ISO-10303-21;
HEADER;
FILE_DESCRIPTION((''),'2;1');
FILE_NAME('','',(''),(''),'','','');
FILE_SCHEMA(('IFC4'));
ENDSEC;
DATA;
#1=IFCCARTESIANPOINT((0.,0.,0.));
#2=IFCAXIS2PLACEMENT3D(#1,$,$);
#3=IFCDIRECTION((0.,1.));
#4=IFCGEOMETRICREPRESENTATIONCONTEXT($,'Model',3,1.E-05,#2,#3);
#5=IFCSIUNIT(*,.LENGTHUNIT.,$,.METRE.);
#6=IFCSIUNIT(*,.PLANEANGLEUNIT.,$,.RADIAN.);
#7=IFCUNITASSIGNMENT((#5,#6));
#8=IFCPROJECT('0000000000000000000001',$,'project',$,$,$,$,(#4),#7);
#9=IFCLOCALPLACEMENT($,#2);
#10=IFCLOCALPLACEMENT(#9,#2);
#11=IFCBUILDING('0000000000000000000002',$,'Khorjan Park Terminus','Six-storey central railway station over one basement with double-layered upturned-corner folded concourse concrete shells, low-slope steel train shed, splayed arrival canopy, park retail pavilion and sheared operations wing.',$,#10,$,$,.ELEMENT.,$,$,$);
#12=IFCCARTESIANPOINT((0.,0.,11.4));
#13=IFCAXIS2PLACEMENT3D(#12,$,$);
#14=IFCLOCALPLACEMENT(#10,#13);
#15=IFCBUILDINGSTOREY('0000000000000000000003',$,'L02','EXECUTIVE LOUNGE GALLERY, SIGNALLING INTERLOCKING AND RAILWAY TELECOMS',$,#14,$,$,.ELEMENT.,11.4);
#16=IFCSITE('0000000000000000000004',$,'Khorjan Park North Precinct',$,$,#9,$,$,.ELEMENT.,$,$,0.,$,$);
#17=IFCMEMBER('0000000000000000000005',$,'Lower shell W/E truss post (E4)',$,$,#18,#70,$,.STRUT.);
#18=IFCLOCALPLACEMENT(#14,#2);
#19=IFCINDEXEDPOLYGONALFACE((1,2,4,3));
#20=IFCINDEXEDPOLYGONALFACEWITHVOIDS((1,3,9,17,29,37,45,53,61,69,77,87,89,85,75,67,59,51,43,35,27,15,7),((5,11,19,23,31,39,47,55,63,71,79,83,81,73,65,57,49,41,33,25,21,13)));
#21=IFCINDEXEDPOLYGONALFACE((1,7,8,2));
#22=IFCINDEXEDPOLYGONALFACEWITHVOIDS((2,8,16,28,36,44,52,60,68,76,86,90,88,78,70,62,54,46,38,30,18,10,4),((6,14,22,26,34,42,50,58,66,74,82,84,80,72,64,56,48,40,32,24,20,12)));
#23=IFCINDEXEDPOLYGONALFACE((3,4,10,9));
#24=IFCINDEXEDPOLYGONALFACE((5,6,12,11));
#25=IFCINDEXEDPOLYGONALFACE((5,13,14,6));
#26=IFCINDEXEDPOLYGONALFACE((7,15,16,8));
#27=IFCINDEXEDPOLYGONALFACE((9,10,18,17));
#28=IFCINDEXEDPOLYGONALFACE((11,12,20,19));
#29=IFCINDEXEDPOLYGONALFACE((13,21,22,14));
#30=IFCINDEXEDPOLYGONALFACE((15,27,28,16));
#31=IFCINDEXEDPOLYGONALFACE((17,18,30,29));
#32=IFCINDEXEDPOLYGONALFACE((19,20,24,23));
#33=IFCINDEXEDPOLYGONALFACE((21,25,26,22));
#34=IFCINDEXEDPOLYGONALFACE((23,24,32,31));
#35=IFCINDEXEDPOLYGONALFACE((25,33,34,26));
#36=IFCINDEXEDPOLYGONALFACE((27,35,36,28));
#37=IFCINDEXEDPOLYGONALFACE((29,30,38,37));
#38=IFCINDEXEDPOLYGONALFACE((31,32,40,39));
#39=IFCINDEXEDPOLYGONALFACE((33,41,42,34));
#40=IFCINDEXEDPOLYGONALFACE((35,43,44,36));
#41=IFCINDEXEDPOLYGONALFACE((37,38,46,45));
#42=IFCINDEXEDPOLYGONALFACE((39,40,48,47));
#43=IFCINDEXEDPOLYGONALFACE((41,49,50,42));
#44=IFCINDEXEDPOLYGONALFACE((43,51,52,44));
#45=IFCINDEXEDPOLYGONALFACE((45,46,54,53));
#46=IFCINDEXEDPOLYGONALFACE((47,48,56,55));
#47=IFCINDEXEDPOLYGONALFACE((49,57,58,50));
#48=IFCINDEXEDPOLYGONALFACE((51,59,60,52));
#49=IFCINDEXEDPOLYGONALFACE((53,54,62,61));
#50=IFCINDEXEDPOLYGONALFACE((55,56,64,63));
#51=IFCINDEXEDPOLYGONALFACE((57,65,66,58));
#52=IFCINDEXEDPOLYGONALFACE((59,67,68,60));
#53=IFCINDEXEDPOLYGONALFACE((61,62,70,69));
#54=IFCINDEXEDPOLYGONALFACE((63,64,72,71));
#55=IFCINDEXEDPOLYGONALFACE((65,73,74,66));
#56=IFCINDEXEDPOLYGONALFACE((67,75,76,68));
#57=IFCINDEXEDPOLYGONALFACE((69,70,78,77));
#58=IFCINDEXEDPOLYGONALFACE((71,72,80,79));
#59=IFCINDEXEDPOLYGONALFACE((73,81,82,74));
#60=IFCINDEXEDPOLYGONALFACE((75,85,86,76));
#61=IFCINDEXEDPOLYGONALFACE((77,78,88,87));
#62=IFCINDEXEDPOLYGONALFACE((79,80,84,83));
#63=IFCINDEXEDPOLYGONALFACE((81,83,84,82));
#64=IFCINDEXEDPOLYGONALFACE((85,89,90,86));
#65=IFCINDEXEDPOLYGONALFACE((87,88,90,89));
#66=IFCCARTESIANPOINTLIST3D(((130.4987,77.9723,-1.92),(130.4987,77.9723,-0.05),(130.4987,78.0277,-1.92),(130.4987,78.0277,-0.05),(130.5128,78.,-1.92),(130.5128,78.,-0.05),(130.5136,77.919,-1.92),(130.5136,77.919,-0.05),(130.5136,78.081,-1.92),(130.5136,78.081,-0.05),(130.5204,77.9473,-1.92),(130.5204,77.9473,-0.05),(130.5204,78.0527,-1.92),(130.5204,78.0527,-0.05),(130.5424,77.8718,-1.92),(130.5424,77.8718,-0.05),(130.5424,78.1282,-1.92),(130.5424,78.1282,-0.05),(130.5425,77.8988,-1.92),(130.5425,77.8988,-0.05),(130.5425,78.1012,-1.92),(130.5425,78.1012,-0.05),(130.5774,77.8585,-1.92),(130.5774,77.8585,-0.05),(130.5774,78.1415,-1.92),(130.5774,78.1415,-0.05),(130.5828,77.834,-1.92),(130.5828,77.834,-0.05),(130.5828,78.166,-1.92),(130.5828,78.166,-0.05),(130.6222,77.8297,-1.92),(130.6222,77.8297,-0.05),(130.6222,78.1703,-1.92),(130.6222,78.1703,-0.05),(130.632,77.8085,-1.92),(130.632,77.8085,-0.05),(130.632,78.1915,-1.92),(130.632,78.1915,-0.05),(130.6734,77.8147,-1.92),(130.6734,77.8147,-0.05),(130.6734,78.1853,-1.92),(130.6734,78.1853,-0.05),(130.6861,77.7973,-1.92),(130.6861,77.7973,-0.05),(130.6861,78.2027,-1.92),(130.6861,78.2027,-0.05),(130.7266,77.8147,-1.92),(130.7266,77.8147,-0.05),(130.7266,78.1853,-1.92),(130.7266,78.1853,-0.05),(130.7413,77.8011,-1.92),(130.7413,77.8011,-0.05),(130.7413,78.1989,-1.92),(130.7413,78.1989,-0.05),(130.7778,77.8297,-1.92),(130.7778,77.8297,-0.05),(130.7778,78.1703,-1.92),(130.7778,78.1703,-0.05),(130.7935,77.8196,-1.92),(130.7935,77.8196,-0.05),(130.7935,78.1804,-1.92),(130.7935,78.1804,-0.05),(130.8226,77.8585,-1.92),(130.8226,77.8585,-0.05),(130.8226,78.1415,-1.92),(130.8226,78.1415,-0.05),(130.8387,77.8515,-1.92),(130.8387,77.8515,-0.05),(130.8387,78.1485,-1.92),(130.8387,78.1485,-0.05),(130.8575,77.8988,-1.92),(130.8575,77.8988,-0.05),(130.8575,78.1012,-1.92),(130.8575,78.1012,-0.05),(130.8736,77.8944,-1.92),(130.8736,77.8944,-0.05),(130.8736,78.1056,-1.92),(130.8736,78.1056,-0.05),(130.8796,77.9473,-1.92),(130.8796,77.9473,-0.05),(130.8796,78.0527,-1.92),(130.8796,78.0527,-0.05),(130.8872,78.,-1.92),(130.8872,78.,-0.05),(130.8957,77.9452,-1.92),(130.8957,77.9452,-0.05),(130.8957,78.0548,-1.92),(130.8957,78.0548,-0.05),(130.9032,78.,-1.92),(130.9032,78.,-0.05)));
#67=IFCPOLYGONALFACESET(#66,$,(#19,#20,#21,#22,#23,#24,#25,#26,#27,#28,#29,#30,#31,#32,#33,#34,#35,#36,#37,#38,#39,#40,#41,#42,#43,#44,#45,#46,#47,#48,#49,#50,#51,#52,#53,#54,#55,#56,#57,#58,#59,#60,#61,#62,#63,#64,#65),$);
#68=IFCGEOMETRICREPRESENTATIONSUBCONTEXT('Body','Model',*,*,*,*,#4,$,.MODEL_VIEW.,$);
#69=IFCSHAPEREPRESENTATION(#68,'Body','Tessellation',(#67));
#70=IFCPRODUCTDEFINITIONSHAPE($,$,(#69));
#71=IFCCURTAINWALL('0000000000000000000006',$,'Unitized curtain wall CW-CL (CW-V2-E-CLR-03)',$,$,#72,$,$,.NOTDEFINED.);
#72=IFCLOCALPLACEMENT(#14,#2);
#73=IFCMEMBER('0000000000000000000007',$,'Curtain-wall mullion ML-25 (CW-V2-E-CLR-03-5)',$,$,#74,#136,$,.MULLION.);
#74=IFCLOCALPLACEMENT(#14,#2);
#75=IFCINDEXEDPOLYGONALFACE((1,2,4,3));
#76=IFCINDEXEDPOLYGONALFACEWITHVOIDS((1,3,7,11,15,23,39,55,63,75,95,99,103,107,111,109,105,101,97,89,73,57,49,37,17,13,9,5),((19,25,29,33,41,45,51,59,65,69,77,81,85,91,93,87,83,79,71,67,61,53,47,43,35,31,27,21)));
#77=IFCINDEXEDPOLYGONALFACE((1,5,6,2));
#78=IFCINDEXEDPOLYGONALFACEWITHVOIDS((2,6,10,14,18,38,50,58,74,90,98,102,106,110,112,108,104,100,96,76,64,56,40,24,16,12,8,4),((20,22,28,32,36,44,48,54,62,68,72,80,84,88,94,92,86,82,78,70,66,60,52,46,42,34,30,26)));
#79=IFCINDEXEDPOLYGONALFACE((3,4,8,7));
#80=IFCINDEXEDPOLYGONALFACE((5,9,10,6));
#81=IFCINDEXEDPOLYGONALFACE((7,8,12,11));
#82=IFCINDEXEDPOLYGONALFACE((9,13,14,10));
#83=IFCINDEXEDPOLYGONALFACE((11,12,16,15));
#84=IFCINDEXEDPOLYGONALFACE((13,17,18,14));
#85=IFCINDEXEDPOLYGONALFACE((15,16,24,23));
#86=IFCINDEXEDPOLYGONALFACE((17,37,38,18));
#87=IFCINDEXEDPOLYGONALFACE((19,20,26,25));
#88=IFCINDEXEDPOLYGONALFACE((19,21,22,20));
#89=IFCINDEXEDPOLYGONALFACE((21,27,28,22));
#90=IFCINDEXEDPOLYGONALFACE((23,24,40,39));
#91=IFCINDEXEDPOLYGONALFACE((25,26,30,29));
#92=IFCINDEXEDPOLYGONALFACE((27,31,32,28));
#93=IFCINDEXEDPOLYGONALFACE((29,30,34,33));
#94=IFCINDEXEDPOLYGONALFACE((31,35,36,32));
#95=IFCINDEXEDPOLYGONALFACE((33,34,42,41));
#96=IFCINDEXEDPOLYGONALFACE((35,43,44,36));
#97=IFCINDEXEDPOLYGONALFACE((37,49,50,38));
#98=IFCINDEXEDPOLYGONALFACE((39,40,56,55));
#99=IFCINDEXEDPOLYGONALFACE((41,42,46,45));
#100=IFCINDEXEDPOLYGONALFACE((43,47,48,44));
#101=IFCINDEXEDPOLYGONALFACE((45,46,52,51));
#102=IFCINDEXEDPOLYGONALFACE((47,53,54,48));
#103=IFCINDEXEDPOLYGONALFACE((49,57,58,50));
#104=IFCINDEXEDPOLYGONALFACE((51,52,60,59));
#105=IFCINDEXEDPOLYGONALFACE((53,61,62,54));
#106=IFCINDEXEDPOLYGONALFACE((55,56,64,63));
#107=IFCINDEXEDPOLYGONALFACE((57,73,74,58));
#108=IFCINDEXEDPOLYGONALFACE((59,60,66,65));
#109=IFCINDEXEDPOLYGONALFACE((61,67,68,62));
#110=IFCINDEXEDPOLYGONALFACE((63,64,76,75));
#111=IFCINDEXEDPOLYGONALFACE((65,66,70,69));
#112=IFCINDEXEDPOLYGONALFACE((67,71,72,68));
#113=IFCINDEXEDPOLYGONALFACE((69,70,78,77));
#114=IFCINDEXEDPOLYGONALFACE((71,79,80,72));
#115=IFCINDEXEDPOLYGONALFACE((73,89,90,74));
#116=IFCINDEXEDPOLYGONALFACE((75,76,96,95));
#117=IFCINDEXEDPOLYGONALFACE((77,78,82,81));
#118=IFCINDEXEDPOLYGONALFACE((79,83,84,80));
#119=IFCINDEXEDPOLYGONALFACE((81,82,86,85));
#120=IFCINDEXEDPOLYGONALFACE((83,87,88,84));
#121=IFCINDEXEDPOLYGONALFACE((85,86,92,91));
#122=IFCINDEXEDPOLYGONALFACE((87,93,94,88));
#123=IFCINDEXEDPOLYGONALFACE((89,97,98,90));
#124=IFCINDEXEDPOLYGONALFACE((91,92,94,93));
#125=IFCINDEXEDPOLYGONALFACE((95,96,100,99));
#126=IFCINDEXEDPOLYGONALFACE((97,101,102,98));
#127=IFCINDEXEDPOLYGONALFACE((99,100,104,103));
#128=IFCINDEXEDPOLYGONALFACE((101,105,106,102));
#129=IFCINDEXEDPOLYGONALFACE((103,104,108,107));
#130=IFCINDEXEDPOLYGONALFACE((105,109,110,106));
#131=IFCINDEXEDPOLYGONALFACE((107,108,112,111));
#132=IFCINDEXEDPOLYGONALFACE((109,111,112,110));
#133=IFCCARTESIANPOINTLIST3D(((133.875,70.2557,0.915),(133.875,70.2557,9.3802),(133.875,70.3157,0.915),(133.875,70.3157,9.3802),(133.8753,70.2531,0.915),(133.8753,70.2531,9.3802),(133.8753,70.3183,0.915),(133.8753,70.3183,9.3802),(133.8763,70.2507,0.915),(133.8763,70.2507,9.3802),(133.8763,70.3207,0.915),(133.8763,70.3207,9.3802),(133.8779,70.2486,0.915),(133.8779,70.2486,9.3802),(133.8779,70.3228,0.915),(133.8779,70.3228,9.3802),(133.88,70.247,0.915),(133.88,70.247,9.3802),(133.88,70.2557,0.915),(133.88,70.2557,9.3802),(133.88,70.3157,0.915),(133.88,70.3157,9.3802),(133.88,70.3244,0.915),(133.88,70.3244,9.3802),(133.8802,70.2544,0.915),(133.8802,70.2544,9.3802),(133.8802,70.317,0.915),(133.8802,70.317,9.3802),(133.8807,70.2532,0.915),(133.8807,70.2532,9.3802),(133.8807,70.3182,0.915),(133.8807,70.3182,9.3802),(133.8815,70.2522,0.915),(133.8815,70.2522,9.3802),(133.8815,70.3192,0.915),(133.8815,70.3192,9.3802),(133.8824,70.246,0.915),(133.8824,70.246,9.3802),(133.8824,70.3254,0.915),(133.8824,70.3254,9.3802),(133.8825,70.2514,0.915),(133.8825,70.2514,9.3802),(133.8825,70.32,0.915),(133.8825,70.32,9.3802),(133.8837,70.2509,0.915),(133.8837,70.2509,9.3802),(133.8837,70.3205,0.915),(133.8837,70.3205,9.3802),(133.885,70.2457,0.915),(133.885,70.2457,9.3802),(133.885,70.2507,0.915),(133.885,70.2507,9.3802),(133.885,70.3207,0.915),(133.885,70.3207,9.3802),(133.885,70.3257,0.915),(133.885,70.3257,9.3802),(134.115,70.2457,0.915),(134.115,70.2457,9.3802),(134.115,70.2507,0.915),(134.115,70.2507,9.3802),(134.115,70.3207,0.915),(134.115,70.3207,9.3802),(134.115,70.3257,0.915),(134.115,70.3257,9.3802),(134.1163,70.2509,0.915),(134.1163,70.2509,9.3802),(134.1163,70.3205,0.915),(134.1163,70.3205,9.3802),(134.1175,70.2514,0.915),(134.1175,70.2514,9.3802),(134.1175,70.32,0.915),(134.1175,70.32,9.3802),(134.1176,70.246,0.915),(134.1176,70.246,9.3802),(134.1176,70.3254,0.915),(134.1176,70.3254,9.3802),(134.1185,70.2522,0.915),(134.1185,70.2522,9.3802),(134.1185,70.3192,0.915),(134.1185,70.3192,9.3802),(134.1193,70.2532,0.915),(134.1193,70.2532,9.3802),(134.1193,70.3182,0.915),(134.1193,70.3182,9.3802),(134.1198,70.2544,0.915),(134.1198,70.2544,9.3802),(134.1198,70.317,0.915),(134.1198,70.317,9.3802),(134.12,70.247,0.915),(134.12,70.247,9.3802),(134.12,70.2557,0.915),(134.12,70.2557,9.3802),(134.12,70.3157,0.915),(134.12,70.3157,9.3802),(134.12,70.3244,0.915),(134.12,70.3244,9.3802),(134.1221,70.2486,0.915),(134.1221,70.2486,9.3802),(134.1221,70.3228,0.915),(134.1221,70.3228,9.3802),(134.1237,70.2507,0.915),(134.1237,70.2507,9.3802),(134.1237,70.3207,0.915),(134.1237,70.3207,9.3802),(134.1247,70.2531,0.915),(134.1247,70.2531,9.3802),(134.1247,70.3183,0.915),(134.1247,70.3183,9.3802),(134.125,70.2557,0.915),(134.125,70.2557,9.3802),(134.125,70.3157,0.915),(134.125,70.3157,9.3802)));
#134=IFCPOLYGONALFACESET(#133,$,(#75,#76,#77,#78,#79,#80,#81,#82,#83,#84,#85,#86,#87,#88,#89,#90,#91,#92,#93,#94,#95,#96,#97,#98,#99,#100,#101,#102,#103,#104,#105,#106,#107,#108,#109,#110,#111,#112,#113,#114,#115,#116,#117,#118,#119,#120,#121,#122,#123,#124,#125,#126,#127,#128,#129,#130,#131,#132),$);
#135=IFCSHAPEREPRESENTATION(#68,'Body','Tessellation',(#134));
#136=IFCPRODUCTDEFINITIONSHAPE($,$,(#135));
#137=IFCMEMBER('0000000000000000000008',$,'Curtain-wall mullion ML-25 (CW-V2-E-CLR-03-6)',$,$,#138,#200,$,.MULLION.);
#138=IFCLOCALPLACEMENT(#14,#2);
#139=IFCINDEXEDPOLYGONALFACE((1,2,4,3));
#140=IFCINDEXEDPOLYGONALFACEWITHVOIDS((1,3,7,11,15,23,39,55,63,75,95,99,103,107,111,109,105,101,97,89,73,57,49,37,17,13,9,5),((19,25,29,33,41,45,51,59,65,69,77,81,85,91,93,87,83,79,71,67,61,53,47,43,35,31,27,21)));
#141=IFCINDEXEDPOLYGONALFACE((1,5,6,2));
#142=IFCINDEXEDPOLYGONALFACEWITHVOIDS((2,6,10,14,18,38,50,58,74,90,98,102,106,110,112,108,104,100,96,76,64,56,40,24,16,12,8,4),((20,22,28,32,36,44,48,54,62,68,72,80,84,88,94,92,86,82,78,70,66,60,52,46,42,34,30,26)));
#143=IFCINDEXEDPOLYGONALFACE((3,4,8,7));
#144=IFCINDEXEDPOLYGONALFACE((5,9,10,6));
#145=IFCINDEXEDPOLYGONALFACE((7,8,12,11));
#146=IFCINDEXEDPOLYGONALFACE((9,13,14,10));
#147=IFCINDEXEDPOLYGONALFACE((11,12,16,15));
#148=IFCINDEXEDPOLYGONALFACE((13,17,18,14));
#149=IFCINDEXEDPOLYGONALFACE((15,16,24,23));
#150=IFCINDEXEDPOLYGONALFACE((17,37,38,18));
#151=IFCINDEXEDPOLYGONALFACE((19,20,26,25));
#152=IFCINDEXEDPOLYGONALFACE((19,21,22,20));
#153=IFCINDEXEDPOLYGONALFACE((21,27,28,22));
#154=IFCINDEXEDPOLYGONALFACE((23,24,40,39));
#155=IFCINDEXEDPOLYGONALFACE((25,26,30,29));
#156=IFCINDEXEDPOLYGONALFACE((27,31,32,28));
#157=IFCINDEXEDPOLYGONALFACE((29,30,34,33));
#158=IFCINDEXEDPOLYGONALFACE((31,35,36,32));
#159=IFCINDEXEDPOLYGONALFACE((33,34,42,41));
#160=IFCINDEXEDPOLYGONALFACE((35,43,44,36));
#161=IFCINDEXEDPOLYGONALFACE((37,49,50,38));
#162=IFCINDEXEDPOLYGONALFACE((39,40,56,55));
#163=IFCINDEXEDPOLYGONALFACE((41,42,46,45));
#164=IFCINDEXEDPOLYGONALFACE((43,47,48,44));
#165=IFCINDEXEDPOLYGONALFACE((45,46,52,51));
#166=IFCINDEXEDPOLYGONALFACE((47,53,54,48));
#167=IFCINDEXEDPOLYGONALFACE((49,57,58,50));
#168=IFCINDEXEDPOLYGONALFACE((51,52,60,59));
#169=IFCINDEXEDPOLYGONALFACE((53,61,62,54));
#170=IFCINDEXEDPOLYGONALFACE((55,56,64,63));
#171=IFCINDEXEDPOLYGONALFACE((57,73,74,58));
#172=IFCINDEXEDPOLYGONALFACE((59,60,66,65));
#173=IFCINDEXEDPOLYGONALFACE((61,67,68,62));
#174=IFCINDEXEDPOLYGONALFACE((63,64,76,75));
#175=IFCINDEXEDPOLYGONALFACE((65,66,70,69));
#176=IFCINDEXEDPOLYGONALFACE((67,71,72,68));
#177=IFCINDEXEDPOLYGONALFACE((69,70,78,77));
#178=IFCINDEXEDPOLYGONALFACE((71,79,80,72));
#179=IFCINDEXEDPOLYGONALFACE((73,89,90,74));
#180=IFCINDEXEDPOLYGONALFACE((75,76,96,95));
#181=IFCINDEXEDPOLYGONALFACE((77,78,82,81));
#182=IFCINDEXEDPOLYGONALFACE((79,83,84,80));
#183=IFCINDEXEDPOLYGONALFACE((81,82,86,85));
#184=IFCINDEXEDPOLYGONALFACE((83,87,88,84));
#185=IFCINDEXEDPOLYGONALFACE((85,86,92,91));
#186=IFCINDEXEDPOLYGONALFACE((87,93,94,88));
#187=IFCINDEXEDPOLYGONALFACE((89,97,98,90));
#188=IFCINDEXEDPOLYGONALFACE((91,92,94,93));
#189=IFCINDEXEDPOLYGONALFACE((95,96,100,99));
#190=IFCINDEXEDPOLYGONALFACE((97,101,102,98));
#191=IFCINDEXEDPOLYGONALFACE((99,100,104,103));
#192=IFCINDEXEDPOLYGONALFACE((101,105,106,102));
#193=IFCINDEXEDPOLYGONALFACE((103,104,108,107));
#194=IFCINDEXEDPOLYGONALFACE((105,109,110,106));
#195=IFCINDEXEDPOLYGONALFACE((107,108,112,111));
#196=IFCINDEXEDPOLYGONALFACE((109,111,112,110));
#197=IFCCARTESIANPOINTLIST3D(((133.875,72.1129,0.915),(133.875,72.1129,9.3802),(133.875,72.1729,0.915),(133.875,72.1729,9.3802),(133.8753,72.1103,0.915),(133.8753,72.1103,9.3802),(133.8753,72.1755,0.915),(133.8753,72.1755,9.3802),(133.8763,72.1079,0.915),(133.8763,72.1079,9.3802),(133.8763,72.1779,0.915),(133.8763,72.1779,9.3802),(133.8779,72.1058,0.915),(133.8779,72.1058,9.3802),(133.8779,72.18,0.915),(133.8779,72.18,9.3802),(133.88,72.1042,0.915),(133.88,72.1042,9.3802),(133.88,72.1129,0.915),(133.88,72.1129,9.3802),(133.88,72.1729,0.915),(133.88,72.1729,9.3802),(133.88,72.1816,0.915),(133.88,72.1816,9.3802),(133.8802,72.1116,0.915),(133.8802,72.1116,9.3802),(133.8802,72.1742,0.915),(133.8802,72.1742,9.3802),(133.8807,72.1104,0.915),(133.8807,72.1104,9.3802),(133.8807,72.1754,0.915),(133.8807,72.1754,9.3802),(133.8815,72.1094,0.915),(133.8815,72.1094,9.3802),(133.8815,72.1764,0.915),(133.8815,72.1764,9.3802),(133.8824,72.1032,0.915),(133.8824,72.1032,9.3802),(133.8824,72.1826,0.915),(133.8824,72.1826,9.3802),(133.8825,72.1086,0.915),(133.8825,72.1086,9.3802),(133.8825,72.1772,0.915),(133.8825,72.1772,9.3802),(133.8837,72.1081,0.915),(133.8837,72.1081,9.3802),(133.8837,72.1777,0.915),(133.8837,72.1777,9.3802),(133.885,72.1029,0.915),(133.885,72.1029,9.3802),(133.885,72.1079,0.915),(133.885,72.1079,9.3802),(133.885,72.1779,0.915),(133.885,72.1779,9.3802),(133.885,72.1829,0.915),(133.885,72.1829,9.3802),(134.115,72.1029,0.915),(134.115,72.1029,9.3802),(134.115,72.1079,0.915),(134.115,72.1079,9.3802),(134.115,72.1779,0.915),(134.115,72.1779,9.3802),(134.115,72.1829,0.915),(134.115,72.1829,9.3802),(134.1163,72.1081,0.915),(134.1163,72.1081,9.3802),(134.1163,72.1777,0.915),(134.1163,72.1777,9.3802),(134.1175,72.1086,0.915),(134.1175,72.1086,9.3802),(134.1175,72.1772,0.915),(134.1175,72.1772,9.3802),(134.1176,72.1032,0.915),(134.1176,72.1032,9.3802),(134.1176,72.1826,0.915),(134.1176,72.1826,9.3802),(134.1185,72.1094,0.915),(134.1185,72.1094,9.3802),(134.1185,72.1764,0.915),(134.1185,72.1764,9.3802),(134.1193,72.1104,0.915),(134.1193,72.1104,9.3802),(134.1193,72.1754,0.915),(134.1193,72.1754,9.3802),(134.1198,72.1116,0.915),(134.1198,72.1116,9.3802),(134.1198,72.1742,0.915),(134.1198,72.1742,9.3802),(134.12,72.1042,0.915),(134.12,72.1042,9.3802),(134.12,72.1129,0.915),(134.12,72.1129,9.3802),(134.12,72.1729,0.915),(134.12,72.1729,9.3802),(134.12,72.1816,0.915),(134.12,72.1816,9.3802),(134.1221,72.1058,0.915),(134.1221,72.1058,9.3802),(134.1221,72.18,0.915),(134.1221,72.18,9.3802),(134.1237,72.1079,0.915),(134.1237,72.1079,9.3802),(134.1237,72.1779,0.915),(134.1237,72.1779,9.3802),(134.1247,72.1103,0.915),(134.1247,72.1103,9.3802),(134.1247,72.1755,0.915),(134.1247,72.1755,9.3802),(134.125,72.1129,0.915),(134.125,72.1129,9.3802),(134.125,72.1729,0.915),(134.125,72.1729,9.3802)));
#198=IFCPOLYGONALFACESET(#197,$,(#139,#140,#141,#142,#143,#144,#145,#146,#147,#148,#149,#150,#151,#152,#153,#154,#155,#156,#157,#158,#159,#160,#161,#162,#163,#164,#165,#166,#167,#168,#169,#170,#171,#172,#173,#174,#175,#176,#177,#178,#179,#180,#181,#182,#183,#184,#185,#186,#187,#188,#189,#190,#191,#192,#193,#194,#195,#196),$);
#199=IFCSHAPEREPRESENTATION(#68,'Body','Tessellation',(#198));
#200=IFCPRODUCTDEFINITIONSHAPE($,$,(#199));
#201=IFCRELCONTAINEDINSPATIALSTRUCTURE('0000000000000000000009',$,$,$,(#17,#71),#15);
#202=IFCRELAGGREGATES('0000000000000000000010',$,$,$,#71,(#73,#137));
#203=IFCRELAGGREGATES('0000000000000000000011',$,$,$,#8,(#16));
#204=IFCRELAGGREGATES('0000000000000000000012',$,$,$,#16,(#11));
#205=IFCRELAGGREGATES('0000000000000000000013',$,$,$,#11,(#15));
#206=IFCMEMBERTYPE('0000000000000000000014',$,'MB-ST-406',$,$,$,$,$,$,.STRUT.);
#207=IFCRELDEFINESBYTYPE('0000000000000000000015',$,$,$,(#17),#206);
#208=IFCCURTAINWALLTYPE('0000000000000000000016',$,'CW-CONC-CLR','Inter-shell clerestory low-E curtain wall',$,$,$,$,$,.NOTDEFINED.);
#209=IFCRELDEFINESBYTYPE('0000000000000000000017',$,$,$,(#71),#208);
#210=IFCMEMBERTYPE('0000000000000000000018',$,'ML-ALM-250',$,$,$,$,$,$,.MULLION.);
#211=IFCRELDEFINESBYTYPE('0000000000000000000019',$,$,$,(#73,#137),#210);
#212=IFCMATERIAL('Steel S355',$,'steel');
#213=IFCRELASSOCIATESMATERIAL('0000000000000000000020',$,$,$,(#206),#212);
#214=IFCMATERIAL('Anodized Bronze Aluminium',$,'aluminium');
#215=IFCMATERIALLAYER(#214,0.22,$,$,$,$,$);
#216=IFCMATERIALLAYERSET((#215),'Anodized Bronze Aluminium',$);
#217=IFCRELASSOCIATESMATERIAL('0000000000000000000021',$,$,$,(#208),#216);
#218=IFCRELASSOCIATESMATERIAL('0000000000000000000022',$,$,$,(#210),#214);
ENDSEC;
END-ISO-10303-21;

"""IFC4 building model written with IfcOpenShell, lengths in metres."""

from ifc_helpers import new_model, si_unit, direction, frame, origin, origin_2d, place, context, subcontext, project, spatial, hollow_rectangle, hollow_circle, extrude, material, layer, layer_set, material_profile, profile_set, type_object, element, aggregate, save


model = new_model("IFC4")

# Units and contexts
model_context = context("Model", 3, precision=1e-05, world=origin(), true_north=direction((0.0, 1.0)))
body_context = subcontext(model_context, "Body", "Model", "MODEL_VIEW")
ifc_project = project(units=[si_unit("LENGTHUNIT", "METRE"), si_unit("PLANEANGLEUNIT", "RADIAN")], contexts=[model_context])

# Site, building, storey
site_placement = place(None, origin())
site = spatial("IfcSite", under=ifc_project, at=site_placement, Name="Khorjan Park North Precinct", CompositionType="ELEMENT", RefElevation=0.0)
building_placement = place(site_placement, origin())
building = spatial("IfcBuilding", under=site, at=building_placement, Name="Khorjan Park Terminus", Description="Six-storey central railway station over one basement with double-layered upturned-corner folded concourse concrete shells, low-slope steel train shed, splayed arrival canopy, park retail pavilion and sheared operations wing.", CompositionType="ELEMENT")
storey_placement = place(building_placement, frame((0.0, 0.0, 11.4)))
storey = spatial("IfcBuildingStorey", under=building, at=storey_placement, Name="L02", Description="EXECUTIVE LOUNGE GALLERY, SIGNALLING INTERLOCKING AND RAILWAY TELECOMS", CompositionType="ELEMENT", Elevation=11.4)

# Shared definitions
ifc_material_1 = material(Name="Steel S355", Category="steel")

# Member
ifc_material_profile_1 = material_profile(ifc_material_1, hollow_circle(Radius=0.2032, WallThickness=0.016, at=origin_2d()), Name="CHS 406.4x16")
ifc_profile_set_1 = profile_set([ifc_material_profile_1], Name="Steel S355")
member_type_1 = type_object("IfcMemberType", Name="MB-ST-406", PredefinedType="STRUT", material=ifc_profile_set_1)
for number, where, z_axis, x_axis, name in (
    (1, (130.7, 78.0, -1.92), (0.0, 0.0, 1.0), (1.0, 0.0, 0.0), "Lower shell W/E truss post (E4)"),
):
    element("IfcMember", number, at=place(storey_placement, frame(where, z_axis=z_axis, x_axis=x_axis)), inside=storey, type_object=member_type_1, Name=name, PredefinedType="STRUT", context=body_context, shape_type="SweptSolid", body=[
        extrude(hollow_circle(Radius=0.2032, WallThickness=0.016, at=origin_2d()), origin(), (0.0, 0.0, 1.0), 1.87),
    ])

# Curtain wall, members
ifc_material_2 = material(Name="Anodized Bronze Aluminium", Category="aluminium")
ifc_layer_1 = layer(ifc_material_2, 0.22)
ifc_layer_set_1 = layer_set([ifc_layer_1], Name="Anodized Bronze Aluminium")
curtain_wall_type = type_object("IfcCurtainWallType", Name="CW-CONC-CLR", Description="Inter-shell clerestory low-E curtain wall", PredefinedType="NOTDEFINED", material=ifc_layer_set_1)
curtain_wall_placement = place(storey_placement, origin())
curtain_wall = element("IfcCurtainWall", 2, at=curtain_wall_placement, inside=storey, type_object=curtain_wall_type, Name="Unitized curtain wall CW-CL (CW-V2-E-CLR-03)", PredefinedType="NOTDEFINED")
ifc_material_profile_2 = material_profile(ifc_material_2, hollow_rectangle(XDim=0.08, YDim=0.25, WallThickness=0.005, InnerFilletRadius=0.005, OuterFilletRadius=0.01, at=origin_2d()), Name="ALM 80x250x5")
ifc_profile_set_2 = profile_set([ifc_material_profile_2], Name="Anodized Bronze Aluminium")
member_type_2 = type_object("IfcMemberType", Name="ML-ALM-250", PredefinedType="MULLION", material=ifc_profile_set_2)
member_1_placement = place(storey_placement, frame((134.0, 70.2857, 0.915), z_axis=(0.0, 0.0, 1.0), x_axis=(0.0, 1.0, 0.0)))
member_1 = element("IfcMember", 3, at=member_1_placement, type_object=member_type_2, Name="Curtain-wall mullion ML-25 (CW-V2-E-CLR-03-5)", PredefinedType="MULLION", context=body_context, shape_type="SweptSolid", body=[
    extrude(hollow_rectangle(XDim=0.08, YDim=0.25, WallThickness=0.005, InnerFilletRadius=0.005, OuterFilletRadius=0.01, at=origin_2d()), origin(), (0.0, 0.0, 1.0), 8.4652),
])
member_2_placement = place(storey_placement, frame((134.0, 72.1429, 0.915), z_axis=(0.0, 0.0, 1.0), x_axis=(0.0, 1.0, 0.0)))
member_2 = element("IfcMember", 4, at=member_2_placement, type_object=member_type_2, Name="Curtain-wall mullion ML-25 (CW-V2-E-CLR-03-6)", PredefinedType="MULLION", context=body_context, shape_type="SweptSolid", body=[
    extrude(hollow_rectangle(XDim=0.08, YDim=0.25, WallThickness=0.005, InnerFilletRadius=0.005, OuterFilletRadius=0.01, at=origin_2d()), origin(), (0.0, 0.0, 1.0), 8.4652),
])

aggregate(curtain_wall, [member_1, member_2])

save(model, "model.ifc")
